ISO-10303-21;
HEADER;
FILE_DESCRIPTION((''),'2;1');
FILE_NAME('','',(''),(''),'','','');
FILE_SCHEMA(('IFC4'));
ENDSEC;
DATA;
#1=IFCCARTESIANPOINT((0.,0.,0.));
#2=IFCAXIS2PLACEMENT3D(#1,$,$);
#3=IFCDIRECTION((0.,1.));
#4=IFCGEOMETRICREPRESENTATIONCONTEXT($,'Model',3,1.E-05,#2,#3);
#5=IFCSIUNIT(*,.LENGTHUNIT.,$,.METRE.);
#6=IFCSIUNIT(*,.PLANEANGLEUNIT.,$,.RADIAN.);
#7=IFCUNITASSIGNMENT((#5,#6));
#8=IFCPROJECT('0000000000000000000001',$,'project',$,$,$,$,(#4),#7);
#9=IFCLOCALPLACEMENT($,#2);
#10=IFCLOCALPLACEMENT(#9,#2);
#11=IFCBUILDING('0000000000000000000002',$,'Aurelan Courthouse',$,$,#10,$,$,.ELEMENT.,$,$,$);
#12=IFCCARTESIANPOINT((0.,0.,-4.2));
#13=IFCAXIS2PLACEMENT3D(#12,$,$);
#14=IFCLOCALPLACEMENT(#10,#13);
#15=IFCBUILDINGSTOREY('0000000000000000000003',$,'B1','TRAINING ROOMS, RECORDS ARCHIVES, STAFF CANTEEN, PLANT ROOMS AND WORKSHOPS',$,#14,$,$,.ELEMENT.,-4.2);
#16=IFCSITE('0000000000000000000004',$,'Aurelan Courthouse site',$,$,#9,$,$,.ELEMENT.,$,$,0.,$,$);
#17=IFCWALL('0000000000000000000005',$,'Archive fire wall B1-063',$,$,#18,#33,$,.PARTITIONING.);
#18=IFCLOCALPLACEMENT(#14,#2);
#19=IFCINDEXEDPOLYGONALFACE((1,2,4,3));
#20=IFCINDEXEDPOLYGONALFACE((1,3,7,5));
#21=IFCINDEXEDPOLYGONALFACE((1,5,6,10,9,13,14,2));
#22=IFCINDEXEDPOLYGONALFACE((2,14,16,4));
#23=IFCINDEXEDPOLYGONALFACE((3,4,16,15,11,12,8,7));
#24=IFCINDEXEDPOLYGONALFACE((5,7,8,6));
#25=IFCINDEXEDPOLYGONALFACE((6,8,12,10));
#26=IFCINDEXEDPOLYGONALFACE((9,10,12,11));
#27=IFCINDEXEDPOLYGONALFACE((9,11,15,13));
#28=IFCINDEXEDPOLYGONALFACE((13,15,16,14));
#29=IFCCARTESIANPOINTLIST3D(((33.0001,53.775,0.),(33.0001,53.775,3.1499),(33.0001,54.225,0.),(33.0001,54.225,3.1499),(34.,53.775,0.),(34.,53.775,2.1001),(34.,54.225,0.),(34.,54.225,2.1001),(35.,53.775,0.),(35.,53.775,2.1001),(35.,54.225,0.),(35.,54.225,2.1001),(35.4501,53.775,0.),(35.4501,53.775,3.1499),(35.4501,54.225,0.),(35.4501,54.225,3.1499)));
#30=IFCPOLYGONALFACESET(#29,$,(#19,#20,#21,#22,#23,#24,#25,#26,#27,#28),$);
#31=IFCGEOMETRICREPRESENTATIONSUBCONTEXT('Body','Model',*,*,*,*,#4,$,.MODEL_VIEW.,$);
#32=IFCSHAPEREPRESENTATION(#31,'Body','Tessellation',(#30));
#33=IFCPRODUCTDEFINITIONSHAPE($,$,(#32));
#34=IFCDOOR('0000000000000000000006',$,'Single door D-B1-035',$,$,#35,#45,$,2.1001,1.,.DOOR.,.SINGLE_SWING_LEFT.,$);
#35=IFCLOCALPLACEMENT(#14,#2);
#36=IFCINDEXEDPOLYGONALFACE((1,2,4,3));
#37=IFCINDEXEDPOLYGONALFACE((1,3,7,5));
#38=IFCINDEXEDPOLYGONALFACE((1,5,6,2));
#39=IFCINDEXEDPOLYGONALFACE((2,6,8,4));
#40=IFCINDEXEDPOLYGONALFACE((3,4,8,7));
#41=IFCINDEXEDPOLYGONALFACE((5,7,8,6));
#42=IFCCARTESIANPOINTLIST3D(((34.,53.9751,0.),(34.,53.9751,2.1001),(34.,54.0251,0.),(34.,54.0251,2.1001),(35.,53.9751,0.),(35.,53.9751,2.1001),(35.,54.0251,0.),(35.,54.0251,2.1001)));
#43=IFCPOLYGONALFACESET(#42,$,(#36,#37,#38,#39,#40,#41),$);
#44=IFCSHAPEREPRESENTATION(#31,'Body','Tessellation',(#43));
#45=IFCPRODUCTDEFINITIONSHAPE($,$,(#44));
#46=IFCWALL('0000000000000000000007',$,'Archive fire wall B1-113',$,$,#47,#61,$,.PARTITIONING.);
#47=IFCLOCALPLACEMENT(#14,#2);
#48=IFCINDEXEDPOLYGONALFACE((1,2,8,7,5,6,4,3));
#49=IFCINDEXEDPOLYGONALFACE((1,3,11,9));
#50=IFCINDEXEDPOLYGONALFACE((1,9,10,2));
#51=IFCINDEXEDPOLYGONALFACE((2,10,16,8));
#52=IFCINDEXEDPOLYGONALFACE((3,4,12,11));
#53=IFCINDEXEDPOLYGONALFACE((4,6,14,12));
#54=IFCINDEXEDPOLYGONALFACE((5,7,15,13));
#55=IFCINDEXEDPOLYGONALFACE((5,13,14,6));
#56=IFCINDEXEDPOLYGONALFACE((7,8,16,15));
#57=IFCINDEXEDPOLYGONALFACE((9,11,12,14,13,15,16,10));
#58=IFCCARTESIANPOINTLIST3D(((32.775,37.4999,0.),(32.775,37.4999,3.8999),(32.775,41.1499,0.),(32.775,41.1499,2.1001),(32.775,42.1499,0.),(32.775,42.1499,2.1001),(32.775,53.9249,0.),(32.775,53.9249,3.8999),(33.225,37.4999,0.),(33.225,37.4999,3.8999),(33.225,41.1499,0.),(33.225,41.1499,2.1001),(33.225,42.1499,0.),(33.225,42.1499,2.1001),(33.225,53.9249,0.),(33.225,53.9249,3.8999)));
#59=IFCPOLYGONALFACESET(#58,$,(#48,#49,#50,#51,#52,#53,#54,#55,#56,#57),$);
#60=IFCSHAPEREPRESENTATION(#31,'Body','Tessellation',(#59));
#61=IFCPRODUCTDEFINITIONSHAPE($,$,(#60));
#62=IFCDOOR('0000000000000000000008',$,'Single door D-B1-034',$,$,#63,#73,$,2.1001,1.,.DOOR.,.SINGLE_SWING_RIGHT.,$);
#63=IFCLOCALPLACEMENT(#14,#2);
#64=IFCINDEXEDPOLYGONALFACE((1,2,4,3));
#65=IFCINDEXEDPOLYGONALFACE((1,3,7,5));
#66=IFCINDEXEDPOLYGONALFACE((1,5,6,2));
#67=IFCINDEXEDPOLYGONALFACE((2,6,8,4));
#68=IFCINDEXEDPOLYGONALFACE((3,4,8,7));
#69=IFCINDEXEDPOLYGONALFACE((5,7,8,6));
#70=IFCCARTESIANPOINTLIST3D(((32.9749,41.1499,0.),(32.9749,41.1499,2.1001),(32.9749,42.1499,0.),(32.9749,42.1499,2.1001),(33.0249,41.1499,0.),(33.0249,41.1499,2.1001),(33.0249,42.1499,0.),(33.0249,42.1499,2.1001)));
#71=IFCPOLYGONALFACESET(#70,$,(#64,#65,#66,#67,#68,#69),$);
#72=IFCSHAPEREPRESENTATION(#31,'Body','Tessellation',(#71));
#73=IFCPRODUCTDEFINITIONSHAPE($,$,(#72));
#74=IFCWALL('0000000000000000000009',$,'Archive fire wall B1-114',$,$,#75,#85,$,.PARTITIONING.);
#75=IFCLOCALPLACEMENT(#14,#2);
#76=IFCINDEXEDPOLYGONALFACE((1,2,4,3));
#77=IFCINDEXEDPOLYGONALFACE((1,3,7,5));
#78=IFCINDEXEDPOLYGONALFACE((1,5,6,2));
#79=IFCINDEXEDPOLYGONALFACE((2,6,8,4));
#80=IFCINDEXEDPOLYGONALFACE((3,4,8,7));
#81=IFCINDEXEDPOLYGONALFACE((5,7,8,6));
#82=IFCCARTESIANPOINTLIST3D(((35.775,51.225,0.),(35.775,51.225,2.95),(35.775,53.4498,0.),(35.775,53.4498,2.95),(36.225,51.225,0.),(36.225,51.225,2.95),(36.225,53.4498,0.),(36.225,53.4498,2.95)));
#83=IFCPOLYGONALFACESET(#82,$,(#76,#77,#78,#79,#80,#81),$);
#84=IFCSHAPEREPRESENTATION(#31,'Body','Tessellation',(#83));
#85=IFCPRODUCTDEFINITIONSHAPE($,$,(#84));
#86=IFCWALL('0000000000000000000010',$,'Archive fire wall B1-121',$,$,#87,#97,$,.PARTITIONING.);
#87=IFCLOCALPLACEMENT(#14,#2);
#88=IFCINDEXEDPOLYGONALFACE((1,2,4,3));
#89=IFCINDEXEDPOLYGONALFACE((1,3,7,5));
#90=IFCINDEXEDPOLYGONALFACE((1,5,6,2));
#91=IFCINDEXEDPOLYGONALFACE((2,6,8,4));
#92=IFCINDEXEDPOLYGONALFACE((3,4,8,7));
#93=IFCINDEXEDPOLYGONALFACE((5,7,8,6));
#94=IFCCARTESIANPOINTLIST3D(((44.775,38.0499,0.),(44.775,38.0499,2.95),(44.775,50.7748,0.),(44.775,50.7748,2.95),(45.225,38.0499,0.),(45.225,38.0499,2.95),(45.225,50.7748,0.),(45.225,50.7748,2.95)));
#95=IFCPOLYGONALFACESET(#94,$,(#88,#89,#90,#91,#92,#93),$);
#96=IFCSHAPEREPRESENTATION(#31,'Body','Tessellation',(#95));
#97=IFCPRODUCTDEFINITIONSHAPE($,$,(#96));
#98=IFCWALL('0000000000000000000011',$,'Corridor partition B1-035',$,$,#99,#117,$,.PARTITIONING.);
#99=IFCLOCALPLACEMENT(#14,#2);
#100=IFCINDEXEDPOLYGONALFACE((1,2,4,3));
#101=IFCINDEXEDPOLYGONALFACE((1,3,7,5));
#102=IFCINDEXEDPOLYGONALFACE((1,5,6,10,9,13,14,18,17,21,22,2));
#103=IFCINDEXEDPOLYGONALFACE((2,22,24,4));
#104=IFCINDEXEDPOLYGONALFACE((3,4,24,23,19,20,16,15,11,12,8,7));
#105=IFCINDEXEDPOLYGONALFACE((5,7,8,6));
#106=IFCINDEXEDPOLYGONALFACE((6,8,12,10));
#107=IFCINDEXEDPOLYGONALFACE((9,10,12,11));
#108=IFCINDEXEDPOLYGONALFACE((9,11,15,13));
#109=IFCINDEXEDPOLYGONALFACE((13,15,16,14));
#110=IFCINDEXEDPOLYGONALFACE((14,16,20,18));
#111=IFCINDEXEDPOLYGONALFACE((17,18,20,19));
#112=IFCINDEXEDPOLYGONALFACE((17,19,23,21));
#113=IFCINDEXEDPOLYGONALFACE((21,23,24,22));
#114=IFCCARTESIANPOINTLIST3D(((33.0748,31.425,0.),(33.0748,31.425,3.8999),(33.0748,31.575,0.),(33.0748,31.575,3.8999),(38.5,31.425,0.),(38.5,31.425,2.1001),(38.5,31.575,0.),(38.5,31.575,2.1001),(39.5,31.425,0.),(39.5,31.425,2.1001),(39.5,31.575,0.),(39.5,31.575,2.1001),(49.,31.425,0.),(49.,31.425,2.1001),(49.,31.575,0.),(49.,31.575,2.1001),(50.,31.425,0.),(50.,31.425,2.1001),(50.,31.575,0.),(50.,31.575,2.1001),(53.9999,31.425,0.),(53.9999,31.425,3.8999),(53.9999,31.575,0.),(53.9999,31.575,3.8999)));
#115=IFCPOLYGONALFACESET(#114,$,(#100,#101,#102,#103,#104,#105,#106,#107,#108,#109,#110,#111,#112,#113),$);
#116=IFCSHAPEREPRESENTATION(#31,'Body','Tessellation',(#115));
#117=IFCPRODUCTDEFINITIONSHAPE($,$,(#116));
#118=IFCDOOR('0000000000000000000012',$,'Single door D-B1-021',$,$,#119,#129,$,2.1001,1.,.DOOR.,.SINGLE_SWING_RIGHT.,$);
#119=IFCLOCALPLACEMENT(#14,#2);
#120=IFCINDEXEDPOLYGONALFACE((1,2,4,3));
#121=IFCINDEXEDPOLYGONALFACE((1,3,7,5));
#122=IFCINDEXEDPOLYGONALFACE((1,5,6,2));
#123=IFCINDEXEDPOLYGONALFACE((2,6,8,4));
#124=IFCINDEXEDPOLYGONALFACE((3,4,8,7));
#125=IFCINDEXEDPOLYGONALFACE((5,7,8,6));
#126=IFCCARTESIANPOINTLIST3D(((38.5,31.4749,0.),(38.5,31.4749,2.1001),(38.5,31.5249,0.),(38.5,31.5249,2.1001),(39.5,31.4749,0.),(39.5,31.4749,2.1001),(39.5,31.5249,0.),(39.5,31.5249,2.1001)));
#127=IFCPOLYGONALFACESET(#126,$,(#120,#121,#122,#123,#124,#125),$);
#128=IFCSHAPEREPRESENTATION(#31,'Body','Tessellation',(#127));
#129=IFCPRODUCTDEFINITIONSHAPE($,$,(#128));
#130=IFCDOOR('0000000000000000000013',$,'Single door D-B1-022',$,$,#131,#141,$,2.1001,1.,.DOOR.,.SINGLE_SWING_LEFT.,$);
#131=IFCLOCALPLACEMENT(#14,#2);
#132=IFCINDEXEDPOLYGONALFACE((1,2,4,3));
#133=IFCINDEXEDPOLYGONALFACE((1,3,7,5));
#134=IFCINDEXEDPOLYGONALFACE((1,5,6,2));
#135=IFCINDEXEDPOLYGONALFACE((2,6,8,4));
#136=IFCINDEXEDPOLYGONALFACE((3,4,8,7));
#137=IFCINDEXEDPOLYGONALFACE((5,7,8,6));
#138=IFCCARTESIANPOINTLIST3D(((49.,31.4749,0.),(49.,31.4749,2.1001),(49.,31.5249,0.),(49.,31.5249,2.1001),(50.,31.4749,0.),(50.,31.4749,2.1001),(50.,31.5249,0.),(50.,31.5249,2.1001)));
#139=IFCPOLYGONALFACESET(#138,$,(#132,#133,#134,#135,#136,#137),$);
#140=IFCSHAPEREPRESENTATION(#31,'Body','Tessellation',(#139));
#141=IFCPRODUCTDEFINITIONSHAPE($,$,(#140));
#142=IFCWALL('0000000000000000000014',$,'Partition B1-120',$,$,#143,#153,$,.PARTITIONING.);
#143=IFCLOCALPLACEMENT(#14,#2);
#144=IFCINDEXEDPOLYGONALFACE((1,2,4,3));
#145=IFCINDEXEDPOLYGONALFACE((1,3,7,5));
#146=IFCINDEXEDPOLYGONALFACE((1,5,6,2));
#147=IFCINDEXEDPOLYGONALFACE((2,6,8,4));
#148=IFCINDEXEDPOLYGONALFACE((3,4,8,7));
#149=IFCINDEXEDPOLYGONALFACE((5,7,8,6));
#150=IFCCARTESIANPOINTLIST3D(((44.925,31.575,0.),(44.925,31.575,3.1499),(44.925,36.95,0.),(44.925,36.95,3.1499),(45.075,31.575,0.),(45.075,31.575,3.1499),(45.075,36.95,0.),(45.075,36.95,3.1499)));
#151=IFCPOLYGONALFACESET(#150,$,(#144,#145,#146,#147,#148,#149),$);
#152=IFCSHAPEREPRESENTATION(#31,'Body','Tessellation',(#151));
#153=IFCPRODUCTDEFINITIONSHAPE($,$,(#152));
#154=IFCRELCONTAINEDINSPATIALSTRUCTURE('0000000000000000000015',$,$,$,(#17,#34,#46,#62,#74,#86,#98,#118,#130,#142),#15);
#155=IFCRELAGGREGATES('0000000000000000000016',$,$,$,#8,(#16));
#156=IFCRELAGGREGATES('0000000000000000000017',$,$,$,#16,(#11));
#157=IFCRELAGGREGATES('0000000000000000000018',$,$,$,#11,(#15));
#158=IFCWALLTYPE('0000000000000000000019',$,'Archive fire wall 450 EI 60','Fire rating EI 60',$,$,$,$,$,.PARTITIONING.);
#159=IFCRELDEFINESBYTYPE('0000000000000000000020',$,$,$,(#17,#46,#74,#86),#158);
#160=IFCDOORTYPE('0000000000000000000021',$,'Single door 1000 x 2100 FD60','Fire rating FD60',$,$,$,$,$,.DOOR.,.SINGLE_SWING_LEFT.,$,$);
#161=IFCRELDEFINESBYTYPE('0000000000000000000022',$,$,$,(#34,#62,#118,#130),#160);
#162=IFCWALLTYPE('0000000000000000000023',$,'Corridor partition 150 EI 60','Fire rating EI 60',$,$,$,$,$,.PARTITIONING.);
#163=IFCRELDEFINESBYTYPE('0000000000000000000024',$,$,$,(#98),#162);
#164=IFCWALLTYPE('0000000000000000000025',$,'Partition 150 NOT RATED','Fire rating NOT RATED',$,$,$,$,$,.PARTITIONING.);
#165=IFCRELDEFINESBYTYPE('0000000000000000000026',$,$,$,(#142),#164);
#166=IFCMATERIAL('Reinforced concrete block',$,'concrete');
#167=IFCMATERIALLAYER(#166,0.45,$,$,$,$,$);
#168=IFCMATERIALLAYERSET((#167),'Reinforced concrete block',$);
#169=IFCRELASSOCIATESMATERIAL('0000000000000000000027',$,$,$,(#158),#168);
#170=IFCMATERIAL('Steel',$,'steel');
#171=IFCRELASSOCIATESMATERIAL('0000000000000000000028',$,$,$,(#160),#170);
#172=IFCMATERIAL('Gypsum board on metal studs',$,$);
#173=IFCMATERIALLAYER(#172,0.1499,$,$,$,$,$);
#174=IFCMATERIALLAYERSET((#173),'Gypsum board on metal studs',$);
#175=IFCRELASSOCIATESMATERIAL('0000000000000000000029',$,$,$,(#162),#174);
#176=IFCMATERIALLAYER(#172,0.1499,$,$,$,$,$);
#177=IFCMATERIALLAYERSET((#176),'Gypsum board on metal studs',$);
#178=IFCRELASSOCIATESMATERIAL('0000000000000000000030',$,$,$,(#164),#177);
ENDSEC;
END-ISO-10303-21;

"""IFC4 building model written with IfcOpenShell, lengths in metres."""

from ifc_helpers import new_model, si_unit, direction, frame, frame_2d, origin, place, context, subcontext, project, spatial, rectangle, extrude, material, layer, layer_set, type_object, element, fill, save


model = new_model("IFC4")

# Units and contexts
model_context = context("Model", 3, precision=1e-05, world=origin(), true_north=direction((0.0, 1.0)))
body_context = subcontext(model_context, "Body", "Model", "MODEL_VIEW")
ifc_project = project(units=[si_unit("LENGTHUNIT", "METRE"), si_unit("PLANEANGLEUNIT", "RADIAN")], contexts=[model_context])

# Site, building, storey
site_placement = place(None, origin())
site = spatial("IfcSite", under=ifc_project, at=site_placement, Name="Aurelan Courthouse site", CompositionType="ELEMENT", RefElevation=0.0)
building_placement = place(site_placement, origin())
building = spatial("IfcBuilding", under=site, at=building_placement, Name="Aurelan Courthouse", CompositionType="ELEMENT")
storey_placement = place(building_placement, frame((0.0, 0.0, -4.2)))
storey = spatial("IfcBuildingStorey", under=building, at=storey_placement, Name="B1", Description="TRAINING ROOMS, RECORDS ARCHIVES, STAFF CANTEEN, PLANT ROOMS AND WORKSHOPS", CompositionType="ELEMENT", Elevation=-4.2)

# Shared definitions
ifc_material_1 = material(Name="Reinforced concrete block", Category="concrete")
ifc_layer_1 = layer(ifc_material_1, 0.45)
ifc_layer_set_1 = layer_set([ifc_layer_1], Name="Reinforced concrete block")
wall_type_1 = type_object("IfcWallType", Name="Archive fire wall 450 EI 60", Description="Fire rating EI 60", PredefinedType="PARTITIONING", material=ifc_layer_set_1)

# Shared definitions
ifc_material_2 = material(Name="Steel", Category="steel")
door_type = type_object("IfcDoorType", Name="Single door 1000 x 2100 FD60", Description="Fire rating FD60", OperationType="SINGLE_SWING_LEFT", PredefinedType="DOOR", material=ifc_material_2)

# Walls, openings, doors
wall_1_placement = place(storey_placement, frame((33.0, 54.0, 0.0), z_axis=(0.0, 0.0, 1.0), x_axis=(1.0, 0.0, 0.0)))
wall_1 = element("IfcWall", 1, at=wall_1_placement, inside=storey, type_object=wall_type_1, Name="Archive fire wall B1-063", PredefinedType="PARTITIONING", context=body_context, shape_type="SweptSolid", body=[
    extrude(rectangle(XDim=2.45, YDim=0.45, at=frame_2d((1.2251, 0.0))), origin(), (0.0, 0.0, 1.0), 3.1499),
])
opening_1_placement = place(wall_1_placement, frame((2.0, 0.0, 0.0), z_axis=(0.0, 0.0, 1.0), x_axis=(-1.0, 0.0, 0.0)))
opening_1 = element("IfcOpeningElement", 2, at=opening_1_placement, cuts=wall_1, PredefinedType="OPENING", context=body_context, shape_type="SweptSolid", body=[
    extrude(rectangle(XDim=1.0, YDim=2.1001, at=frame_2d((0.5, 1.05))), frame((0.0, 0.2349, 0.0), z_axis=(0.0, -1.0, 0.0), x_axis=(1.0, 0.0, 0.0)), (0.0, 0.0, 1.0), 0.47),
])
door_1_placement = place(opening_1_placement, origin())
door_1 = element("IfcDoor", 3, at=door_1_placement, inside=storey, type_object=door_type, Name="Single door D-B1-035", OperationType="SINGLE_SWING_LEFT", OverallHeight=2.1001, OverallWidth=1.0, PredefinedType="DOOR", context=body_context, shape_type="SweptSolid", body=[
    extrude(rectangle(XDim=1.0, YDim=2.1001, at=frame_2d((0.5, 1.05))), frame((0.0, 0.0249, 0.0), z_axis=(0.0, -1.0, 0.0), x_axis=(1.0, 0.0, 0.0)), (0.0, 0.0, 1.0), 0.05),
])
fill(opening_1, door_1)
wall_2_placement = place(storey_placement, frame((33.0, 37.5, 0.0), z_axis=(0.0, 0.0, 1.0), x_axis=(0.0, 1.0, 0.0)))
wall_2 = element("IfcWall", 4, at=wall_2_placement, inside=storey, type_object=wall_type_1, Name="Archive fire wall B1-113", PredefinedType="PARTITIONING", context=body_context, shape_type="SweptSolid", body=[
    extrude(rectangle(XDim=16.425, YDim=0.45, at=frame_2d((8.2124, 0.0))), origin(), (0.0, 0.0, 1.0), 3.8999),
])
opening_2_placement = place(wall_2_placement, frame((4.6499, 0.0, 0.0), z_axis=(0.0, 0.0, 1.0), x_axis=(-1.0, 0.0, 0.0)))
opening_2 = element("IfcOpeningElement", 5, at=opening_2_placement, cuts=wall_2, PredefinedType="OPENING", context=body_context, shape_type="SweptSolid", body=[
    extrude(rectangle(XDim=1.0, YDim=2.1001, at=frame_2d((0.5, 1.05))), frame((0.0, 0.2349, 0.0), z_axis=(0.0, -1.0, 0.0), x_axis=(1.0, 0.0, 0.0)), (0.0, 0.0, 1.0), 0.47),
])
door_2_placement = place(opening_2_placement, origin())
door_2 = element("IfcDoor", 6, at=door_2_placement, inside=storey, type_object=door_type, Name="Single door D-B1-034", OperationType="SINGLE_SWING_RIGHT", OverallHeight=2.1001, OverallWidth=1.0, PredefinedType="DOOR", context=body_context, shape_type="SweptSolid", body=[
    extrude(rectangle(XDim=1.0, YDim=2.1001, at=frame_2d((0.5, 1.05))), frame((0.0, 0.0249, 0.0), z_axis=(0.0, -1.0, 0.0), x_axis=(1.0, 0.0, 0.0)), (0.0, 0.0, 1.0), 0.05),
])
fill(opening_2, door_2)

# Walls
wall_3_placement = place(storey_placement, frame((36.0, 51.2251, 0.0), z_axis=(0.0, 0.0, 1.0), x_axis=(0.0, 1.0, 0.0)))
element("IfcWall", 7, at=wall_3_placement, inside=storey, type_object=wall_type_1, Name="Archive fire wall B1-114", PredefinedType="PARTITIONING", context=body_context, shape_type="SweptSolid", body=[
    extrude(rectangle(XDim=2.2249, YDim=0.45, at=frame_2d((1.1123, 0.0))), origin(), (0.0, 0.0, 1.0), 2.95),
])
wall_4_placement = place(storey_placement, frame((45.0, 38.05, 0.0), z_axis=(0.0, 0.0, 1.0), x_axis=(0.0, 1.0, 0.0)))
element("IfcWall", 8, at=wall_4_placement, inside=storey, type_object=wall_type_1, Name="Archive fire wall B1-121", PredefinedType="PARTITIONING", context=body_context, shape_type="SweptSolid", body=[
    extrude(rectangle(XDim=12.7249, YDim=0.45, at=frame_2d((6.3623, 0.0))), origin(), (0.0, 0.0, 1.0), 2.95),
])

# Wall, openings, doors
ifc_material_3 = material(Name="Gypsum board on metal studs")
ifc_layer_2 = layer(ifc_material_3, 0.1499)
ifc_layer_set_2 = layer_set([ifc_layer_2], Name="Gypsum board on metal studs")
wall_type_2 = type_object("IfcWallType", Name="Corridor partition 150 EI 60", Description="Fire rating EI 60", PredefinedType="PARTITIONING", material=ifc_layer_set_2)
wall_5_placement = place(storey_placement, frame((33.075, 31.5, 0.0), z_axis=(0.0, 0.0, 1.0), x_axis=(1.0, 0.0, 0.0)))
wall_5 = element("IfcWall", 9, at=wall_5_placement, inside=storey, type_object=wall_type_2, Name="Corridor partition B1-035", PredefinedType="PARTITIONING", context=body_context, shape_type="SweptSolid", body=[
    extrude(rectangle(XDim=20.925, YDim=0.1499, at=frame_2d((10.4624, 0.0))), origin(), (0.0, 0.0, 1.0), 3.8999),
])
opening_3_placement = place(wall_5_placement, frame((5.425, 0.0, 0.0)))
opening_3 = element("IfcOpeningElement", 10, at=opening_3_placement, cuts=wall_5, PredefinedType="OPENING", context=body_context, shape_type="SweptSolid", body=[
    extrude(rectangle(XDim=1.0, YDim=2.1001, at=frame_2d((0.5, 1.05))), frame((0.0, 0.085, 0.0), z_axis=(0.0, -1.0, 0.0), x_axis=(1.0, 0.0, 0.0)), (0.0, 0.0, 1.0), 0.1699),
])
opening_4_placement = place(wall_5_placement, frame((15.925, 0.0, 0.0)))
opening_4 = element("IfcOpeningElement", 11, at=opening_4_placement, cuts=wall_5, PredefinedType="OPENING", context=body_context, shape_type="SweptSolid", body=[
    extrude(rectangle(XDim=1.0, YDim=2.1001, at=frame_2d((0.5, 1.05))), frame((0.0, 0.085, 0.0), z_axis=(0.0, -1.0, 0.0), x_axis=(1.0, 0.0, 0.0)), (0.0, 0.0, 1.0), 0.1699),
])
door_3_placement = place(opening_3_placement, origin())
door_3 = element("IfcDoor", 12, at=door_3_placement, inside=storey, type_object=door_type, Name="Single door D-B1-021", OperationType="SINGLE_SWING_RIGHT", OverallHeight=2.1001, OverallWidth=1.0, PredefinedType="DOOR", context=body_context, shape_type="SweptSolid", body=[
    extrude(rectangle(XDim=1.0, YDim=2.1001, at=frame_2d((0.5, 1.05))), frame((0.0, 0.0249, 0.0), z_axis=(0.0, -1.0, 0.0), x_axis=(1.0, 0.0, 0.0)), (0.0, 0.0, 1.0), 0.05),
])
fill(opening_3, door_3)
door_4_placement = place(opening_4_placement, origin())
door_4 = element("IfcDoor", 13, at=door_4_placement, inside=storey, type_object=door_type, Name="Single door D-B1-022", OperationType="SINGLE_SWING_LEFT", OverallHeight=2.1001, OverallWidth=1.0, PredefinedType="DOOR", context=body_context, shape_type="SweptSolid", body=[
    extrude(rectangle(XDim=1.0, YDim=2.1001, at=frame_2d((0.5, 1.05))), frame((0.0, 0.0249, 0.0), z_axis=(0.0, -1.0, 0.0), x_axis=(1.0, 0.0, 0.0)), (0.0, 0.0, 1.0), 0.05),
])
fill(opening_4, door_4)

# Wall
ifc_layer_3 = layer(ifc_material_3, 0.1499)
ifc_layer_set_3 = layer_set([ifc_layer_3], Name="Gypsum board on metal studs")
wall_type_3 = type_object("IfcWallType", Name="Partition 150 NOT RATED", Description="Fire rating NOT RATED", PredefinedType="PARTITIONING", material=ifc_layer_set_3)
wall_6_placement = place(storey_placement, frame((45.0, 31.575, 0.0), z_axis=(0.0, 0.0, 1.0), x_axis=(0.0, 1.0, 0.0)))
element("IfcWall", 14, at=wall_6_placement, inside=storey, type_object=wall_type_3, Name="Partition B1-120", PredefinedType="PARTITIONING", context=body_context, shape_type="SweptSolid", body=[
    extrude(rectangle(XDim=5.375, YDim=0.1499, at=frame_2d((2.6875, 0.0))), origin(), (0.0, 0.0, 1.0), 3.1499),
])

save(model, "model.ifc")
